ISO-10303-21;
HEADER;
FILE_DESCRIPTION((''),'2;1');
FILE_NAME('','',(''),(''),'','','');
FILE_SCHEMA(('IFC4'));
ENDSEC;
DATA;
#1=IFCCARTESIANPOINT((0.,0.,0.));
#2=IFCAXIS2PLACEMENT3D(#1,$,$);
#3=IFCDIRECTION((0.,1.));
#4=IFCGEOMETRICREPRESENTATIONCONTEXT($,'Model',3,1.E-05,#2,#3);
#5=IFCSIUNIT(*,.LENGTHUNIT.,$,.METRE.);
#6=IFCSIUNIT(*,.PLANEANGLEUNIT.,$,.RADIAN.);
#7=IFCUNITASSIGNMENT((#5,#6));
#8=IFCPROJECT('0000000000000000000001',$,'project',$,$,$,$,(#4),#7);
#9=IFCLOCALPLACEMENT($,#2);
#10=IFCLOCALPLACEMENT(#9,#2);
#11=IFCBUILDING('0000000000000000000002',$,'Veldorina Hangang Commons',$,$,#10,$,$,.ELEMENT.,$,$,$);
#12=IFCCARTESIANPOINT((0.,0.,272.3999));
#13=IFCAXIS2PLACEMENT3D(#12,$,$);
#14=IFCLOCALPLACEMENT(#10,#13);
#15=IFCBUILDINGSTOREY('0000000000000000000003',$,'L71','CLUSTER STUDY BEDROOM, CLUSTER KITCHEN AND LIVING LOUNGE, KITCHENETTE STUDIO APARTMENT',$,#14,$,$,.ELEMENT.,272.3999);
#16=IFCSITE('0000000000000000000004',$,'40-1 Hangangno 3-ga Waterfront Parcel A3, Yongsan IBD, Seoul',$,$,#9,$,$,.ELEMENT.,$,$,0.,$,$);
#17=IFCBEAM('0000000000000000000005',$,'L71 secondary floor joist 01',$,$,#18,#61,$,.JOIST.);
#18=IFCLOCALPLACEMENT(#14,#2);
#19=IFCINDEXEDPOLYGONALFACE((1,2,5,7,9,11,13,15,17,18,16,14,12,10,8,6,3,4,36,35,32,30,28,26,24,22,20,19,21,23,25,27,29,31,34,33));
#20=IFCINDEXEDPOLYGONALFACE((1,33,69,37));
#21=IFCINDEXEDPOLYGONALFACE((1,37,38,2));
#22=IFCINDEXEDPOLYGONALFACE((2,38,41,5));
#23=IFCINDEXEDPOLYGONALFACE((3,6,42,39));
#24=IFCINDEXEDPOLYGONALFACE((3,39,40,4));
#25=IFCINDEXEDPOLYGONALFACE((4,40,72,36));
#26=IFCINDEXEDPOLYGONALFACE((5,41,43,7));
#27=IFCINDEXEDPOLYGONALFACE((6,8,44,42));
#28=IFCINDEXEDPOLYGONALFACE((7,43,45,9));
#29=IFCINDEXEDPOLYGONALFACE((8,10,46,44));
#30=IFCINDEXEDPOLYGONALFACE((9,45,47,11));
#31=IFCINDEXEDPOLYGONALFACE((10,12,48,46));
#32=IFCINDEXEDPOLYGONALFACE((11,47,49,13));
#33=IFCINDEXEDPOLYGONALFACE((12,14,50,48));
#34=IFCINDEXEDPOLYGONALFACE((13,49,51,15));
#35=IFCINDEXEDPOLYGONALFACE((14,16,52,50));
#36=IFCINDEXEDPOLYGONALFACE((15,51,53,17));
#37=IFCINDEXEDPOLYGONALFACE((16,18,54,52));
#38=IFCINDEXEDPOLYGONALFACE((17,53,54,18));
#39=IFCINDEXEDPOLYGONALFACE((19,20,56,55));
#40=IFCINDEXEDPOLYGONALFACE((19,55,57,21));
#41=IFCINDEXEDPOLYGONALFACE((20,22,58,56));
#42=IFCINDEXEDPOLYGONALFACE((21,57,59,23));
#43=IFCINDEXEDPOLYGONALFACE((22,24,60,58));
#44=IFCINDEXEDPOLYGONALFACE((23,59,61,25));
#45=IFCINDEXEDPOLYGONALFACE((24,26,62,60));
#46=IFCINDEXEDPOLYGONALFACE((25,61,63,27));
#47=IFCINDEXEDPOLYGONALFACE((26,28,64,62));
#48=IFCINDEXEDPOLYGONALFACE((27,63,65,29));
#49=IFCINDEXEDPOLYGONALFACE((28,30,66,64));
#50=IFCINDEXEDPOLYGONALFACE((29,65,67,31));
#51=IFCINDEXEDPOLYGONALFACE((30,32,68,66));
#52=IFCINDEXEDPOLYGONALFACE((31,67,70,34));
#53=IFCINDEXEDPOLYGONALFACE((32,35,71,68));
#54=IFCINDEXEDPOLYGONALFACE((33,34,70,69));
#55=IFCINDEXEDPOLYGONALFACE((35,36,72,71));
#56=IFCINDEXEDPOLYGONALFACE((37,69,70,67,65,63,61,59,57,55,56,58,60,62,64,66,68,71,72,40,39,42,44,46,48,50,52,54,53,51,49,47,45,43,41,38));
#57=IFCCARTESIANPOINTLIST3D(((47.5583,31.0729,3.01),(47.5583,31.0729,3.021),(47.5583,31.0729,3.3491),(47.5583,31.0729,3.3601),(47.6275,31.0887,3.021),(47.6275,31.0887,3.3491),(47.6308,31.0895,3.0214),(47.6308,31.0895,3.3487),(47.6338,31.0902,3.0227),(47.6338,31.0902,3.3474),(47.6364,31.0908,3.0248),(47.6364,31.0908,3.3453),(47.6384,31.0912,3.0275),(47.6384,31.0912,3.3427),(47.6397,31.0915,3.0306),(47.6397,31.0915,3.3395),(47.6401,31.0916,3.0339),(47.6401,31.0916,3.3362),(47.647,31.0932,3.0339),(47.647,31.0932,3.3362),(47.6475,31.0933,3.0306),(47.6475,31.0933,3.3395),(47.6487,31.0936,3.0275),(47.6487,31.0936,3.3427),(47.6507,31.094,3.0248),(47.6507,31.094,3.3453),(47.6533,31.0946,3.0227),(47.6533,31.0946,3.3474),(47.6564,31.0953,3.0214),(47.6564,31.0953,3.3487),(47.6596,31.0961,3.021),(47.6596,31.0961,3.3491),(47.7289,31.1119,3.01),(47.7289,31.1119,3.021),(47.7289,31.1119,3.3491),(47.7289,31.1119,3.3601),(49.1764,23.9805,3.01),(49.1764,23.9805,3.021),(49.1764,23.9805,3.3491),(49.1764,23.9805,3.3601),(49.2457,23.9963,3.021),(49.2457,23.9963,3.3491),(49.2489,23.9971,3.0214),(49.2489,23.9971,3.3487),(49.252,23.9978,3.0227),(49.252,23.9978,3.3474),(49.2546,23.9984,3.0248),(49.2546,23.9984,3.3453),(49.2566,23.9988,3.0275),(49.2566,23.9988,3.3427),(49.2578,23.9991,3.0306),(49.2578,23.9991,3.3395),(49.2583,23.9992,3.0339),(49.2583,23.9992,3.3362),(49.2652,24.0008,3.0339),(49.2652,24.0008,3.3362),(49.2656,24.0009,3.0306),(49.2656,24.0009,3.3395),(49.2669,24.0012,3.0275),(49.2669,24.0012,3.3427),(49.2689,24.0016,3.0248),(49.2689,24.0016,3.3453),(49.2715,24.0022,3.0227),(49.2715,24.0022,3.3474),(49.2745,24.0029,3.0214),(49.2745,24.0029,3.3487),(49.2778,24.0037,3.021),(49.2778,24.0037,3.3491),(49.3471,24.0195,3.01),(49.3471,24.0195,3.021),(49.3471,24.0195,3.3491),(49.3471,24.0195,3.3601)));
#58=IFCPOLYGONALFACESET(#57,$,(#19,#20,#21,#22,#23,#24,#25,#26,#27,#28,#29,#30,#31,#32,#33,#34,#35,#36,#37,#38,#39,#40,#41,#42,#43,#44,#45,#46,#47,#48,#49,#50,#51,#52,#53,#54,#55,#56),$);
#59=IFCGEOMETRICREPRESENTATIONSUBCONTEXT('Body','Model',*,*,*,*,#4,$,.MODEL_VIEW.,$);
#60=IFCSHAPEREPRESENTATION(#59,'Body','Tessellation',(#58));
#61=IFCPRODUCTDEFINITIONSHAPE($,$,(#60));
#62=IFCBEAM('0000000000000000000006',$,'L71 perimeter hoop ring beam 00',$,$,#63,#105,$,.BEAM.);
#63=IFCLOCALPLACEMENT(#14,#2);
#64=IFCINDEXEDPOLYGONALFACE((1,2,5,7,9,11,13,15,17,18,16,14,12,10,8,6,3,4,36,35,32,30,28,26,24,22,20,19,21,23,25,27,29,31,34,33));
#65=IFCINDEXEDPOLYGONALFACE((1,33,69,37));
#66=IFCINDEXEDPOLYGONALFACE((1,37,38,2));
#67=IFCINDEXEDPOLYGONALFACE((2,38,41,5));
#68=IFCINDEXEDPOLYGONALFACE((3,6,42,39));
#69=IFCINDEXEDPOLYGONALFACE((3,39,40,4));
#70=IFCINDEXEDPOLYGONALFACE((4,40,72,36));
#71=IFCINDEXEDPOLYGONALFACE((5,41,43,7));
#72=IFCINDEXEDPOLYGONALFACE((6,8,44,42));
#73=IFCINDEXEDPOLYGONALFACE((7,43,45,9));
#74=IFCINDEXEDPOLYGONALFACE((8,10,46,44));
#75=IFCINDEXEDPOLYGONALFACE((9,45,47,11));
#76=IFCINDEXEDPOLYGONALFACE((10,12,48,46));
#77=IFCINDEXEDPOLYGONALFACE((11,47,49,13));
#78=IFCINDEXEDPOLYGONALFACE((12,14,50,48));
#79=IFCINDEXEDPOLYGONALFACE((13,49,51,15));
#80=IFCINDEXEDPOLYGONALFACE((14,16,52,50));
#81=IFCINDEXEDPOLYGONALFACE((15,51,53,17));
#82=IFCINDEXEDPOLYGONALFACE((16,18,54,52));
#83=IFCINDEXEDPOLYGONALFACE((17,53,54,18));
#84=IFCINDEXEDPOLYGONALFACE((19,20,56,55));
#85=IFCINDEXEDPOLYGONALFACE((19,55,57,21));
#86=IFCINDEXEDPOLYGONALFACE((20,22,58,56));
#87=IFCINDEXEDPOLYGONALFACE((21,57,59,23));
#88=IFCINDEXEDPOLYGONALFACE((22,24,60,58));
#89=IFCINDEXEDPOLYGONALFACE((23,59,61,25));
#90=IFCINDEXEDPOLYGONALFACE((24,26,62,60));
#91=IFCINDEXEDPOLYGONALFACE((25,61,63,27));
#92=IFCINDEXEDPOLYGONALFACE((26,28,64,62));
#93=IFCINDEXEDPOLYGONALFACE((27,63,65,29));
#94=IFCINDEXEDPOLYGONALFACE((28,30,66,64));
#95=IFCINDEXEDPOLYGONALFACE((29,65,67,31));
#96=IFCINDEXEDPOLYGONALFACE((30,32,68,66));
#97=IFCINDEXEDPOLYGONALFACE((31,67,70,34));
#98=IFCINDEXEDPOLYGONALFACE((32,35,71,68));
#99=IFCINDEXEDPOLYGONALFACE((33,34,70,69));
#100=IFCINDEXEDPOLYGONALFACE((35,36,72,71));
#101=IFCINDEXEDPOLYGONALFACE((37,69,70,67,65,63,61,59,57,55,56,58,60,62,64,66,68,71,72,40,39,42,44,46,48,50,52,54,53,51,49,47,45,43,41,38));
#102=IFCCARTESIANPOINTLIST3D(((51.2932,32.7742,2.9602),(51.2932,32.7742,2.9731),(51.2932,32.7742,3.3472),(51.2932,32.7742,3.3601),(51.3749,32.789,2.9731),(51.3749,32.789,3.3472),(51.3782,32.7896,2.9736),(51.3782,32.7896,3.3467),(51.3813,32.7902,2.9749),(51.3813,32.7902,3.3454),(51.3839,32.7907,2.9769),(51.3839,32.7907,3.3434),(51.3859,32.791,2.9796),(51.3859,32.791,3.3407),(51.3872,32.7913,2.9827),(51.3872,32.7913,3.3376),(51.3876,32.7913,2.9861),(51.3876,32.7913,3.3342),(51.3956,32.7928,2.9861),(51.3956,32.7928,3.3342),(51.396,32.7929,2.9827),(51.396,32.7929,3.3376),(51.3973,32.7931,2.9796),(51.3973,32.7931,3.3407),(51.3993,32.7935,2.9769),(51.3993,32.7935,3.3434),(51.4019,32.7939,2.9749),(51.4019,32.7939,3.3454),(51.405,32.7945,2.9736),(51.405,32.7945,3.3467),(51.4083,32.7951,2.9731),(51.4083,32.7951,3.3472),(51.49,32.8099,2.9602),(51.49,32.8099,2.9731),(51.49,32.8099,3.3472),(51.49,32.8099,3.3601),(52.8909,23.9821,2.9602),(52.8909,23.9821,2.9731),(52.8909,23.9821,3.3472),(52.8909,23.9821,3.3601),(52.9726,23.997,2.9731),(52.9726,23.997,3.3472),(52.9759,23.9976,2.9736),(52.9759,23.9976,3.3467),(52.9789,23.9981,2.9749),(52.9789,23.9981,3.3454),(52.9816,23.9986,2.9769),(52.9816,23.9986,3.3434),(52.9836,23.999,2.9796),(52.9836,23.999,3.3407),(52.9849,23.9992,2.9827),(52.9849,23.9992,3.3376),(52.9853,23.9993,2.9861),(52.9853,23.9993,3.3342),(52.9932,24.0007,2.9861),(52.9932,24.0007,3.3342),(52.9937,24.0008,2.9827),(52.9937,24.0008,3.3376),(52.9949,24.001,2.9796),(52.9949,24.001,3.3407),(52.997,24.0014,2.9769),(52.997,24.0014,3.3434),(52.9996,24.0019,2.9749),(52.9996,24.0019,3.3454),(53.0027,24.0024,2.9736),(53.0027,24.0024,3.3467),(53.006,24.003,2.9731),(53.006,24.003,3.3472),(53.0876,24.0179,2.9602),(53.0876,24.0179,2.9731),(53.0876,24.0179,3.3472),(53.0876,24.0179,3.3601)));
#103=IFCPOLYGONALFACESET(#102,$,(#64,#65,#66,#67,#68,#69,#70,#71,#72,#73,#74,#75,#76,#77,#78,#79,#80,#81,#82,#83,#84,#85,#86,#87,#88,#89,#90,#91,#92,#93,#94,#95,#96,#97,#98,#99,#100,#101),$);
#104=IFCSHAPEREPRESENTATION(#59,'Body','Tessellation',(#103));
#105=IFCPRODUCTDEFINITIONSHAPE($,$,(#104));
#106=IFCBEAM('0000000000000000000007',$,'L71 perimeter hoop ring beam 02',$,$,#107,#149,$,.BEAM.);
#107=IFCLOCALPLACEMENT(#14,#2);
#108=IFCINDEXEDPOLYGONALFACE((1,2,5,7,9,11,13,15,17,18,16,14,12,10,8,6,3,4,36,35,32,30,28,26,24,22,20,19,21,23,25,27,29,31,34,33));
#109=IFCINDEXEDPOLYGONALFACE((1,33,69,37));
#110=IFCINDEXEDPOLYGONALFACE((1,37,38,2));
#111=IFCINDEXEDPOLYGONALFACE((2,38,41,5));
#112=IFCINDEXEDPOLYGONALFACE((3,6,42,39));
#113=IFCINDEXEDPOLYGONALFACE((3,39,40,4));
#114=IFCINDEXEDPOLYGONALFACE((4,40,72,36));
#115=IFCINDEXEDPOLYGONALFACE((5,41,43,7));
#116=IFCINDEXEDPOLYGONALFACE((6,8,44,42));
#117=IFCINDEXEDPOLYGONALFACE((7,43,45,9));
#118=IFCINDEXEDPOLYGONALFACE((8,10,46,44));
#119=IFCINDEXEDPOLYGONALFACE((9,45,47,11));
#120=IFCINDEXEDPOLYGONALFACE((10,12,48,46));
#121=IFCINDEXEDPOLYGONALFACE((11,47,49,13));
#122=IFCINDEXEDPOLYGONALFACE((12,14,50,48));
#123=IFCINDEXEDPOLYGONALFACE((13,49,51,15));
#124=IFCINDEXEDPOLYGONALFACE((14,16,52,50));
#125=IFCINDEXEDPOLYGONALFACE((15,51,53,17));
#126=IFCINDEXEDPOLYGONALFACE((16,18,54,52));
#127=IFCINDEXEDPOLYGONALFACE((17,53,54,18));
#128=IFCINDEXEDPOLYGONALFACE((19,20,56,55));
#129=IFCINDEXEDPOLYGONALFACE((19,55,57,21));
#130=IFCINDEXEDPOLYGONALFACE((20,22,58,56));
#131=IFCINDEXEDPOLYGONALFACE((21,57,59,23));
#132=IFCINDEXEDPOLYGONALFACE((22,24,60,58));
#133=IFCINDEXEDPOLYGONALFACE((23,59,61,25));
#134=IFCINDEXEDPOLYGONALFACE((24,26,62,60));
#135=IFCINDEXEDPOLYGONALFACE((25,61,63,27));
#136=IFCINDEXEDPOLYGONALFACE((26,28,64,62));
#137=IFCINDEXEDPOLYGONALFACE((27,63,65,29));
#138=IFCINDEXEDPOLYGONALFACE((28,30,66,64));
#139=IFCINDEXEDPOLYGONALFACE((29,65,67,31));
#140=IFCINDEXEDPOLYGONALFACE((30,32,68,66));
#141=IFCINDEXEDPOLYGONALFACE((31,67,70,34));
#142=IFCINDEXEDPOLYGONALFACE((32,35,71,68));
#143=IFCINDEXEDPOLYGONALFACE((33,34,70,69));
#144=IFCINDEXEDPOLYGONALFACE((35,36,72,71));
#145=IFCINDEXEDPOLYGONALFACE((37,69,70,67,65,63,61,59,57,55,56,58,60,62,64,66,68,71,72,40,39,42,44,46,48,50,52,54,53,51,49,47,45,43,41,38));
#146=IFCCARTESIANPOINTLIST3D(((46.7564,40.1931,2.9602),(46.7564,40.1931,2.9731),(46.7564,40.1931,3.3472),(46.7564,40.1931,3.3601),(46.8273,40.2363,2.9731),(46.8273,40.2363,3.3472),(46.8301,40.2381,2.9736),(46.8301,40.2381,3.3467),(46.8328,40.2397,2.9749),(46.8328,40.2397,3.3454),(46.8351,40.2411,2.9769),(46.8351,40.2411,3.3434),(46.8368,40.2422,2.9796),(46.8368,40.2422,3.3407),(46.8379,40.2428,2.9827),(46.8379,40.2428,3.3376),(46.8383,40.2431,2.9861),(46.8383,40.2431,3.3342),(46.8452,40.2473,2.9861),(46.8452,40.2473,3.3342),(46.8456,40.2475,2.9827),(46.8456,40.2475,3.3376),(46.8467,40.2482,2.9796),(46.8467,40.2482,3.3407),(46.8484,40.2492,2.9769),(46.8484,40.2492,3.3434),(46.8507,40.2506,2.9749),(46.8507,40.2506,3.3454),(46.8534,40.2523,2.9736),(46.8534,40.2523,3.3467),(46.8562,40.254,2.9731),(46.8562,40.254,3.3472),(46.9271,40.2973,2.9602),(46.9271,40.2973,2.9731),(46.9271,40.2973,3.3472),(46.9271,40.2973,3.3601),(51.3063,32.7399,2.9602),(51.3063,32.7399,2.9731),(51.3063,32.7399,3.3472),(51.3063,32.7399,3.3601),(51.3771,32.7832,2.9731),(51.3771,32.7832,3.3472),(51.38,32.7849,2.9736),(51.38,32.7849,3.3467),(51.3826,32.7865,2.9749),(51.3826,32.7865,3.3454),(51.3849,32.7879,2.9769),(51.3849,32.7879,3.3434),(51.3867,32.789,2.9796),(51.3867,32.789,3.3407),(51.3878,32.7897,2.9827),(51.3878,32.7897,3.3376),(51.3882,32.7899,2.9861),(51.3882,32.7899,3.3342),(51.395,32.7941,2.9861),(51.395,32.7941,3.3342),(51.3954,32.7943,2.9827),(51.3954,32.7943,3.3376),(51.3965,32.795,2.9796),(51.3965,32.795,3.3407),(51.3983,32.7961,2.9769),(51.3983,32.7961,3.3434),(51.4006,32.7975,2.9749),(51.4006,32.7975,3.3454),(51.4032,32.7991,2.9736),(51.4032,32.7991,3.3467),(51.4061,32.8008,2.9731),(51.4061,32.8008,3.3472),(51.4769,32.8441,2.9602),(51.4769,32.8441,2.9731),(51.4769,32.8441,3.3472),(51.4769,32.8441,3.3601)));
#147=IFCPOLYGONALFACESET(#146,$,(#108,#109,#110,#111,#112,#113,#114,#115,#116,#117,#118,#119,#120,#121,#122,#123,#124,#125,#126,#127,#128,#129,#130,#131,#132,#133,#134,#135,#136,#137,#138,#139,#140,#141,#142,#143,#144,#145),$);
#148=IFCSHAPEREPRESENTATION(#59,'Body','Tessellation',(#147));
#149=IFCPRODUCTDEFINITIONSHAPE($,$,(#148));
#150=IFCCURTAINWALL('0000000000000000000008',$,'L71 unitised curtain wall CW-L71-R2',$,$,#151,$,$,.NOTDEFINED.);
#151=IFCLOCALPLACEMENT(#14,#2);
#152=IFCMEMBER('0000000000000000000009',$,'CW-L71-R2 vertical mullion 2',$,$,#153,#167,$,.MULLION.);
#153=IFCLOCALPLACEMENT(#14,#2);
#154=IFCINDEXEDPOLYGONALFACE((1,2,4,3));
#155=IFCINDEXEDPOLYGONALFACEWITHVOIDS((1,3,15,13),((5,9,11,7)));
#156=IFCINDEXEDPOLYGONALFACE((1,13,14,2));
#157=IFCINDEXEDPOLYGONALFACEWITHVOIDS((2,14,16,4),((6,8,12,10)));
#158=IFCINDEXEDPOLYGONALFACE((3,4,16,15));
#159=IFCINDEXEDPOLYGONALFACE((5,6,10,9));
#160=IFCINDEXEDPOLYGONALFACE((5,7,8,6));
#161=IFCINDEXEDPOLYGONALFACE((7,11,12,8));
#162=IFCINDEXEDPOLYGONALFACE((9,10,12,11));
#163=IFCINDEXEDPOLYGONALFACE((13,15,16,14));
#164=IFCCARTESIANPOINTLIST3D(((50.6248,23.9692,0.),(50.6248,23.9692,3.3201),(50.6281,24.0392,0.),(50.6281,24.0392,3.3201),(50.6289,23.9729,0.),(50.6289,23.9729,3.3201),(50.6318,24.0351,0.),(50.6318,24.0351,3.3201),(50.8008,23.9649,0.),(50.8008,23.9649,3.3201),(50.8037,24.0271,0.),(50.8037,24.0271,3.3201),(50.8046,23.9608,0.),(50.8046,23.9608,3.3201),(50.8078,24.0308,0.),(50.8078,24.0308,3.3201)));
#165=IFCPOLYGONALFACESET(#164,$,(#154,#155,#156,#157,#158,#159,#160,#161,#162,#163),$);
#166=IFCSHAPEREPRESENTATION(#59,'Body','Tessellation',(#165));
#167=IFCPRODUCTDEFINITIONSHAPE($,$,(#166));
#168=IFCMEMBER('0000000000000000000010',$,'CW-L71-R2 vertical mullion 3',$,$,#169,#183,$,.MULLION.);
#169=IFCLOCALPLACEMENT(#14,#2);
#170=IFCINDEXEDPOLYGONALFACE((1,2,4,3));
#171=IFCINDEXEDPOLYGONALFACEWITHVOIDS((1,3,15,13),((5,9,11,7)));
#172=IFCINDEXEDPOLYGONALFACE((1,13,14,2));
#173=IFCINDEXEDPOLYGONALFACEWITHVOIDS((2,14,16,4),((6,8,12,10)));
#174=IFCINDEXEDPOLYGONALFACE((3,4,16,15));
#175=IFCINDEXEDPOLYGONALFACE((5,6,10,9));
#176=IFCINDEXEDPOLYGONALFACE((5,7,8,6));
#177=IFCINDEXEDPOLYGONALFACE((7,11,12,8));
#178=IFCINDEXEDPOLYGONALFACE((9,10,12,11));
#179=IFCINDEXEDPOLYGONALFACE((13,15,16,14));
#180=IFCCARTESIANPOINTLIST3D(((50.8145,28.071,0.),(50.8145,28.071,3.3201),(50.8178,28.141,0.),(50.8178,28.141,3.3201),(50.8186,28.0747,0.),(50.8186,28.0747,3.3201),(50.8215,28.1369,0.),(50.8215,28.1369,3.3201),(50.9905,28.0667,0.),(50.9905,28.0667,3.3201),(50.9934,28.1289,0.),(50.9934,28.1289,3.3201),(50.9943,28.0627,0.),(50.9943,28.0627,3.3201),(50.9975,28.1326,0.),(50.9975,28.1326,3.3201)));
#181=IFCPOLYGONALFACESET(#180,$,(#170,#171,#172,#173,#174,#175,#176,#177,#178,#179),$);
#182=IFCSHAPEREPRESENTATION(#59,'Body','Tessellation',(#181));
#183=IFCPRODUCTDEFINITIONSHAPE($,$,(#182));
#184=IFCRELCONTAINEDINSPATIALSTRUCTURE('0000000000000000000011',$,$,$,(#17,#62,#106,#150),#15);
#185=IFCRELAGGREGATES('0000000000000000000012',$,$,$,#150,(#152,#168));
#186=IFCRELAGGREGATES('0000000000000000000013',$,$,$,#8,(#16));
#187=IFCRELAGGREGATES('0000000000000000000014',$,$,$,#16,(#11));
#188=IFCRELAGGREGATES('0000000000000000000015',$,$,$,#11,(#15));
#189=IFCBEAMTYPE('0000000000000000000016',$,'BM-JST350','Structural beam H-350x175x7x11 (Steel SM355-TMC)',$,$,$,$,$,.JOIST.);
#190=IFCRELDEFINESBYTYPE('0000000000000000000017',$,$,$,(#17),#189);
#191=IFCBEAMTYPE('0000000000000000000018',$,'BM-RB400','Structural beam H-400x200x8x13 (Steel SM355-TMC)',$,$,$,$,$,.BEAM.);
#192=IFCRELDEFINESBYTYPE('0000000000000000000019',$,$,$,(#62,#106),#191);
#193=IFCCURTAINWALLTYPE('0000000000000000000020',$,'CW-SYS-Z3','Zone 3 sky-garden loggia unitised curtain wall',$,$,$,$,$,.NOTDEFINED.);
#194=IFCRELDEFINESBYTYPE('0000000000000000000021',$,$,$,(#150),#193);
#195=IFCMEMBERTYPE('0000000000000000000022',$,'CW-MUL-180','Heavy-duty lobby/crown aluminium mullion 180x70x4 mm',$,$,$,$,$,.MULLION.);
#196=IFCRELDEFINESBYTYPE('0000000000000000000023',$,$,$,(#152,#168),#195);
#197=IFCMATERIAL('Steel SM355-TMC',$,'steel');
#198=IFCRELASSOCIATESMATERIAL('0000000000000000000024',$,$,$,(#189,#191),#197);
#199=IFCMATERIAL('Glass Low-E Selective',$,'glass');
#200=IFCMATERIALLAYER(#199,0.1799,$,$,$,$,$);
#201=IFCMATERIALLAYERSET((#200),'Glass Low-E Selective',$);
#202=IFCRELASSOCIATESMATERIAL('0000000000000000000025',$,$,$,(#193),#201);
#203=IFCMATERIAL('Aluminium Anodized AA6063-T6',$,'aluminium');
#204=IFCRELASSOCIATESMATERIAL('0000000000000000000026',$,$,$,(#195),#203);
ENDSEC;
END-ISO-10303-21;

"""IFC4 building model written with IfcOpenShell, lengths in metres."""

from ifc_helpers import new_model, si_unit, direction, frame, origin, origin_2d, place, context, subcontext, project, spatial, hollow_rectangle, i_section, extrude, material, layer, layer_set, material_profile, profile_set, type_object, element, aggregate, save


model = new_model("IFC4")

# Units and contexts
model_context = context("Model", 3, precision=1e-05, world=origin(), true_north=direction((0.0, 1.0)))
body_context = subcontext(model_context, "Body", "Model", "MODEL_VIEW")
ifc_project = project(units=[si_unit("LENGTHUNIT", "METRE"), si_unit("PLANEANGLEUNIT", "RADIAN")], contexts=[model_context])

# Site, building, storey
site_placement = place(None, origin())
site = spatial("IfcSite", under=ifc_project, at=site_placement, Name="40-1 Hangangno 3-ga Waterfront Parcel A3, Yongsan IBD, Seoul", CompositionType="ELEMENT", RefElevation=0.0)
building_placement = place(site_placement, origin())
building = spatial("IfcBuilding", under=site, at=building_placement, Name="Veldorina Hangang Commons", CompositionType="ELEMENT")
storey_placement = place(building_placement, frame((0.0, 0.0, 272.3999)))
storey = spatial("IfcBuildingStorey", under=building, at=storey_placement, Name="L71", Description="CLUSTER STUDY BEDROOM, CLUSTER KITCHEN AND LIVING LOUNGE, KITCHENETTE STUDIO APARTMENT", CompositionType="ELEMENT", Elevation=272.3999)

# Beams
ifc_material_1 = material(Name="Steel SM355-TMC", Category="steel")
ifc_material_profile_1 = material_profile(ifc_material_1, i_section(OverallWidth=0.175, OverallDepth=0.3501, WebThickness=0.0071, FlangeThickness=0.011, FilletRadius=0.0129, at=origin_2d()), Name="H-350x175x7x11")
ifc_profile_set_1 = profile_set([ifc_material_profile_1], Name="Steel SM355-TMC")
beam_type_1 = type_object("IfcBeamType", Name="BM-JST350", Description="Structural beam H-350x175x7x11 (Steel SM355-TMC)", PredefinedType="JOIST", material=ifc_profile_set_1)
beam_1_placement = place(storey_placement, frame((49.2617, 24.0, 3.1851), z_axis=(-0.222435, 0.974948, 0.0), x_axis=(-0.974948, -0.222435, 0.0)))
element("IfcBeam", 1, at=beam_1_placement, inside=storey, type_object=beam_type_1, Name="L71 secondary floor joist 01", PredefinedType="JOIST", context=body_context, shape_type="SweptSolid", body=[
    extrude(i_section(OverallWidth=0.175, OverallDepth=0.3501, WebThickness=0.0071, FlangeThickness=0.011, FilletRadius=0.0129, at=origin_2d()), origin(), (0.0, 0.0, 1.0), 7.2747),
])
ifc_material_profile_2 = material_profile(ifc_material_1, i_section(OverallWidth=0.2, OverallDepth=0.3999, WebThickness=0.0081, FlangeThickness=0.0129, FilletRadius=0.0129, at=origin_2d()), Name="H-400x200x8x13")
ifc_profile_set_2 = profile_set([ifc_material_profile_2], Name="Steel SM355-TMC")
beam_type_2 = type_object("IfcBeamType", Name="BM-RB400", Description="Structural beam H-400x200x8x13 (Steel SM355-TMC)", PredefinedType="BEAM", material=ifc_profile_set_2)
beam_2_placement = place(storey_placement, frame((52.9893, 24.0, 3.1602), z_axis=(-0.178789, 0.983887, 0.0), x_axis=(-0.983887, -0.178789, 0.0)))
element("IfcBeam", 2, at=beam_2_placement, inside=storey, type_object=beam_type_2, Name="L71 perimeter hoop ring beam 00", PredefinedType="BEAM", context=body_context, shape_type="SweptSolid", body=[
    extrude(i_section(OverallWidth=0.2, OverallDepth=0.3999, WebThickness=0.0081, FlangeThickness=0.0129, FilletRadius=0.0129, at=origin_2d()), origin(), (0.0, 0.0, 1.0), 8.936),
])
beam_3_placement = place(storey_placement, frame((51.3916, 32.792, 3.1602), z_axis=(-0.521043, 0.853531, 0.0), x_axis=(-0.853531, -0.521043, 0.0)))
element("IfcBeam", 3, at=beam_3_placement, inside=storey, type_object=beam_type_2, Name="L71 perimeter hoop ring beam 02", PredefinedType="BEAM", context=body_context, shape_type="SweptSolid", body=[
    extrude(i_section(OverallWidth=0.2, OverallDepth=0.3999, WebThickness=0.0081, FlangeThickness=0.0129, FilletRadius=0.0129, at=origin_2d()), origin(), (0.0, 0.0, 1.0), 8.7322),
])

# Curtain wall, members
ifc_material_2 = material(Name="Glass Low-E Selective", Category="glass")
ifc_layer_1 = layer(ifc_material_2, 0.1799)
ifc_layer_set_1 = layer_set([ifc_layer_1], Name="Glass Low-E Selective")
curtain_wall_type = type_object("IfcCurtainWallType", Name="CW-SYS-Z3", Description="Zone 3 sky-garden loggia unitised curtain wall", PredefinedType="NOTDEFINED", material=ifc_layer_set_1)
curtain_wall_placement = place(storey_placement, origin())
curtain_wall = element("IfcCurtainWall", 4, at=curtain_wall_placement, inside=storey, type_object=curtain_wall_type, Name="L71 unitised curtain wall CW-L71-R2", PredefinedType="NOTDEFINED")
ifc_material_3 = material(Name="Aluminium Anodized AA6063-T6", Category="aluminium")
ifc_material_profile_3 = material_profile(ifc_material_3, hollow_rectangle(XDim=0.0701, YDim=0.1799, WallThickness=0.0039, at=origin_2d()), Name="ALU-RHS-180x70x4")
ifc_profile_set_3 = profile_set([ifc_material_profile_3], Name="Aluminium Anodized AA6063-T6")
member_type_1 = type_object("IfcMemberType", Name="CW-MUL-180", Description="Heavy-duty lobby/crown aluminium mullion 180x70x4 mm", PredefinedType="MULLION", material=ifc_profile_set_3)
member_1_placement = place(storey_placement, frame((50.7163, 24.0, 0.0), z_axis=(0.0, 0.0, 1.0), x_axis=(0.046182, 0.998933, 0.0)))
member_1 = element("IfcMember", 5, at=member_1_placement, type_object=member_type_1, Name="CW-L71-R2 vertical mullion 2", PredefinedType="MULLION", context=body_context, shape_type="SweptSolid", body=[
    extrude(hollow_rectangle(XDim=0.0701, YDim=0.1799, WallThickness=0.0039, at=origin_2d()), origin(), (0.0, 0.0, 1.0), 3.3201),
])
member_2_placement = place(storey_placement, frame((50.906, 28.1018, 0.0), z_axis=(0.0, 0.0, 1.0), x_axis=(-0.046182, -0.998933, 0.0)))
member_2 = element("IfcMember", 6, at=member_2_placement, type_object=member_type_1, Name="CW-L71-R2 vertical mullion 3", PredefinedType="MULLION", context=body_context, shape_type="SweptSolid", body=[
    extrude(hollow_rectangle(XDim=0.0701, YDim=0.1799, WallThickness=0.0039, at=origin_2d()), origin(), (0.0, 0.0, 1.0), 3.3201),
])

aggregate(curtain_wall, [member_1, member_2])

save(model, "model.ifc")
